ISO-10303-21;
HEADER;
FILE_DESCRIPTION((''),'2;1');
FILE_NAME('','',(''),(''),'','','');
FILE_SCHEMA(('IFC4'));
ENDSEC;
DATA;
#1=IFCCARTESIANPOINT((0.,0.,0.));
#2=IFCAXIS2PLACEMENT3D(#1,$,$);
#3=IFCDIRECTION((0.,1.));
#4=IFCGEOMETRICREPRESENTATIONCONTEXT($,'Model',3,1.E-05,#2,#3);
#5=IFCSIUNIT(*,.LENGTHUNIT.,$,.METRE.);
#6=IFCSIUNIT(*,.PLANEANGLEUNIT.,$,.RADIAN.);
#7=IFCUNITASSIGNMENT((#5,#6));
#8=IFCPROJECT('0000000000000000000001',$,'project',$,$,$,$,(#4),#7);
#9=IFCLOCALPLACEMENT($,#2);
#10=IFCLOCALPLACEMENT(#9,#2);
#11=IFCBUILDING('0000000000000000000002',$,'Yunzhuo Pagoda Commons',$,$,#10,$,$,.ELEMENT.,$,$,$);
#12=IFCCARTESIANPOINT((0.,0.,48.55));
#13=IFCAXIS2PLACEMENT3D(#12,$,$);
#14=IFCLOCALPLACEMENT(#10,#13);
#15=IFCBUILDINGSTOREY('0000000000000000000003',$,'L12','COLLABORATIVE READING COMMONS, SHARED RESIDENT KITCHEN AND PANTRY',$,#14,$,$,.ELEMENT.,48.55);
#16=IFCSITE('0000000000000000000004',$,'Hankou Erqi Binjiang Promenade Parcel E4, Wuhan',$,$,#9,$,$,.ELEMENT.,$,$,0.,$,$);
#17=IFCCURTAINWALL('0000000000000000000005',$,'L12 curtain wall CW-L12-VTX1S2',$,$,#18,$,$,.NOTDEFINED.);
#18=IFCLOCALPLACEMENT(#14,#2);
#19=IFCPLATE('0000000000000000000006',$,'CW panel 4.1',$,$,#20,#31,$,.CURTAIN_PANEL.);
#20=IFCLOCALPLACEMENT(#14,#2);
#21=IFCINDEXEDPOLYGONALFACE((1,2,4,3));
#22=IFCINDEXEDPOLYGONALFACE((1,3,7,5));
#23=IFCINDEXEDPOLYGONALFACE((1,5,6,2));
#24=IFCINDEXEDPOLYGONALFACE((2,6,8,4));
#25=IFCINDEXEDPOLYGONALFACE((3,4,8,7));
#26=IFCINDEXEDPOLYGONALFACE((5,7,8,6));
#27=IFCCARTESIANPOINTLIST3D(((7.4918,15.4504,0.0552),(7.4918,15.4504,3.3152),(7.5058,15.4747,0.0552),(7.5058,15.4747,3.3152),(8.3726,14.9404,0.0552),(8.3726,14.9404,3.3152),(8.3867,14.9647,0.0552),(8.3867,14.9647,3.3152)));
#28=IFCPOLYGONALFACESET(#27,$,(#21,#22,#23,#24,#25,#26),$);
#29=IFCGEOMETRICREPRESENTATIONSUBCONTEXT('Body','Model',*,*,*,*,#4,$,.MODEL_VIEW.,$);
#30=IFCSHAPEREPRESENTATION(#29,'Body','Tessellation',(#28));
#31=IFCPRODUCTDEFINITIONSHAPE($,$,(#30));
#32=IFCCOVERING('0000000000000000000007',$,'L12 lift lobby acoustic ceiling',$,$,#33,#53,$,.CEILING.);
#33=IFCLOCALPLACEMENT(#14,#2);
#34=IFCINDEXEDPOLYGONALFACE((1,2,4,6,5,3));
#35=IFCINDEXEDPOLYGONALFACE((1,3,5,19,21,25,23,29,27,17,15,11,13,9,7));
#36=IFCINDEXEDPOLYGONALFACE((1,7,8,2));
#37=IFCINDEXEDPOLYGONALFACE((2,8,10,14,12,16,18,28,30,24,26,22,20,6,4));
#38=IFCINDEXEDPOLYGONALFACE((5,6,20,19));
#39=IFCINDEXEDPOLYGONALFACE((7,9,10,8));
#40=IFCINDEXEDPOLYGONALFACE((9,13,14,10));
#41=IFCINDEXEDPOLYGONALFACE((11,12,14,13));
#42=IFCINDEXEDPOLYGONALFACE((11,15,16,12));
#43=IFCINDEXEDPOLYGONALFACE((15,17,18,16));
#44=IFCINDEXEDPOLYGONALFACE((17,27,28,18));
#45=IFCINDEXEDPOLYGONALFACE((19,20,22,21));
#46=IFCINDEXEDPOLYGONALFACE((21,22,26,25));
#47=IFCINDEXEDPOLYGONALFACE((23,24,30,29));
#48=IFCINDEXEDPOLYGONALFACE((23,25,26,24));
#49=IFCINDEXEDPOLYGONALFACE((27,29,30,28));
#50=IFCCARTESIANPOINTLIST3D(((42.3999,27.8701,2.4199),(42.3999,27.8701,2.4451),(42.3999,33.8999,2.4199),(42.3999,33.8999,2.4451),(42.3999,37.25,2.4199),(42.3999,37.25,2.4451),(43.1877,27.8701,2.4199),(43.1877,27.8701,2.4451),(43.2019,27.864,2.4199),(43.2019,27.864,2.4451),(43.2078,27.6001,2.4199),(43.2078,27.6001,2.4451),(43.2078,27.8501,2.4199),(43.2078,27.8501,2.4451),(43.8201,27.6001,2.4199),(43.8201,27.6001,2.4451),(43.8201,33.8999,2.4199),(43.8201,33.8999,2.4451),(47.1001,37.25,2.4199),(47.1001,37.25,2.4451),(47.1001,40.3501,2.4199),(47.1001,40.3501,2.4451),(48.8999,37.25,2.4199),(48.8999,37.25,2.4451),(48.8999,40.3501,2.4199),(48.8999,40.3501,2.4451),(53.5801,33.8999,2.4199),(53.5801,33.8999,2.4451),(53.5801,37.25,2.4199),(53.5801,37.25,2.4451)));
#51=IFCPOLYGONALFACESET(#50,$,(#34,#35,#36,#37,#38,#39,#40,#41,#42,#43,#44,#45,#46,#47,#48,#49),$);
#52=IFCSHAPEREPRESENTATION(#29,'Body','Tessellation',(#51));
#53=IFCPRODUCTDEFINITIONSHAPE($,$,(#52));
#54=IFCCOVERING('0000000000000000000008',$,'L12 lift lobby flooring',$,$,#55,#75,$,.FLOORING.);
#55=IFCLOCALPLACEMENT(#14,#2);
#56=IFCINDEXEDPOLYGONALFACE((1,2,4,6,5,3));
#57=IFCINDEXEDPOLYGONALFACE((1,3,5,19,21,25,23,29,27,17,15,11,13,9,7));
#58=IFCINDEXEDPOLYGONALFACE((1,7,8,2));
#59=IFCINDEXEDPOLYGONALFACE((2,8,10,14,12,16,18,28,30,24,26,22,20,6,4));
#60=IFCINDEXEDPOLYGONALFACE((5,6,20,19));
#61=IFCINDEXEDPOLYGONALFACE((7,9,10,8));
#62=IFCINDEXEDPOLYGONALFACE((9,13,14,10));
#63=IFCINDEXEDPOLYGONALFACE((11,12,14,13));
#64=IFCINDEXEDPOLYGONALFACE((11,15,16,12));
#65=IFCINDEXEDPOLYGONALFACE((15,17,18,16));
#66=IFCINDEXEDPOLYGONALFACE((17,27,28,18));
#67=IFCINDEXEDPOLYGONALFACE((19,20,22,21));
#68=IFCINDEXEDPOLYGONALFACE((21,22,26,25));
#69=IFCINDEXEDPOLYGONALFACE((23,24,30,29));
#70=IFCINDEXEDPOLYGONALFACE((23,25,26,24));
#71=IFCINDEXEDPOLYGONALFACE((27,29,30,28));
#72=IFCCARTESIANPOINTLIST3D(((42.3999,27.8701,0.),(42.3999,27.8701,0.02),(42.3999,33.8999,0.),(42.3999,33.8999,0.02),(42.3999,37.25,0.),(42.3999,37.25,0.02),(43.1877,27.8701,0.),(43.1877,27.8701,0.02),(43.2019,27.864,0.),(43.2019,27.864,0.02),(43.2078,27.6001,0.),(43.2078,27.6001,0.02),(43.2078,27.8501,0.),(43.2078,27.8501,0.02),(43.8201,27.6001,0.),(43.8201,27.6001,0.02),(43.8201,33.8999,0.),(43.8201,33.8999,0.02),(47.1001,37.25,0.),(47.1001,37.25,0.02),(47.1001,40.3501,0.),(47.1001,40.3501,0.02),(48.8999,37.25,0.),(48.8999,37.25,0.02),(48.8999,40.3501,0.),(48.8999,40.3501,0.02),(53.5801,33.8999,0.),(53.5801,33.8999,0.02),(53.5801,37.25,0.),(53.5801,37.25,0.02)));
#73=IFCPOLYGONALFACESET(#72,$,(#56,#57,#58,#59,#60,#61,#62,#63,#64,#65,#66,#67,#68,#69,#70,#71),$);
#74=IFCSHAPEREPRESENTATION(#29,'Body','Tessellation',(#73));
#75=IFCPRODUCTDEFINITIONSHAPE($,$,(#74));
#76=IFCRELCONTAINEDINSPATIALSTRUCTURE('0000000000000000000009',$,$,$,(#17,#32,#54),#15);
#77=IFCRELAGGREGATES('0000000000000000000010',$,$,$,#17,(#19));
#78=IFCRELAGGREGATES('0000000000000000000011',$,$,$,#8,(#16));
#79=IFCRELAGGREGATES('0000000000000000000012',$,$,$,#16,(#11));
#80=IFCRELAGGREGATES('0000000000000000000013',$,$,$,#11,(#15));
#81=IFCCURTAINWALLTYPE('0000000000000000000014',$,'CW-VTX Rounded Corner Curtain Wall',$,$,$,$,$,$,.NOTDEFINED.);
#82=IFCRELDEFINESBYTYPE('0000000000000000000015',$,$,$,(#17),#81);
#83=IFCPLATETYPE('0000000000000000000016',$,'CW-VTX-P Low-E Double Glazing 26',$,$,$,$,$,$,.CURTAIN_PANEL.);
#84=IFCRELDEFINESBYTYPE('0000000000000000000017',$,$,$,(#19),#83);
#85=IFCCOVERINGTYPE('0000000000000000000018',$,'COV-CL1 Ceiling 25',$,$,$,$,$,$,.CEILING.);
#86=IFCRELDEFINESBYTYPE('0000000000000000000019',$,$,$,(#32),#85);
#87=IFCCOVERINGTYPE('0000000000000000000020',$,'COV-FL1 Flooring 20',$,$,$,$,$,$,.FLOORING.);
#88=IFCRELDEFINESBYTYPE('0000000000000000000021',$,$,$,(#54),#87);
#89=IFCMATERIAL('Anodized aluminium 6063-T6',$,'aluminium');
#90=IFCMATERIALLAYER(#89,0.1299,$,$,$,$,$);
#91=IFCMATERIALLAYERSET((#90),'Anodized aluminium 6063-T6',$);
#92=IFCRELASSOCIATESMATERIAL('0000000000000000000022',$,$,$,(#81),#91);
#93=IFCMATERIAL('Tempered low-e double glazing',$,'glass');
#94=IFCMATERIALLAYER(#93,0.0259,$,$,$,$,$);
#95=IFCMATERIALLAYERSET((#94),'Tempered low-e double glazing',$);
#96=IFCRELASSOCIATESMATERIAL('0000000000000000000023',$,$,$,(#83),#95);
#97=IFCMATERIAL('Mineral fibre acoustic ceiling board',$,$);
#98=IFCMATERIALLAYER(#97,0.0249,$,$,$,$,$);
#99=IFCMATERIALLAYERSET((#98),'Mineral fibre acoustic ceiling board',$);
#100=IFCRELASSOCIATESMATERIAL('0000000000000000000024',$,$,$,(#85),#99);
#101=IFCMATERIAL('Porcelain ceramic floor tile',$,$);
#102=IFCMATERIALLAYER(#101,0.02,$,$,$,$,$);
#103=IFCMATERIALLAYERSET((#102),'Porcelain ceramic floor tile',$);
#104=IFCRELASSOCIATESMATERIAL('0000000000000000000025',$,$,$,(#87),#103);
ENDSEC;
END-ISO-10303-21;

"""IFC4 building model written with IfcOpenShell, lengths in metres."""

from ifc_helpers import new_model, si_unit, direction, frame, origin, origin_2d, place, context, subcontext, project, spatial, polyline, rectangle, outline, extrude, source, transform, mapped, material, layer, layer_set, type_object, element, aggregate, save


model = new_model("IFC4")

# Units and contexts
model_context = context("Model", 3, precision=1e-05, world=origin(), true_north=direction((0.0, 1.0)))
body_context = subcontext(model_context, "Body", "Model", "MODEL_VIEW")
ifc_project = project(units=[si_unit("LENGTHUNIT", "METRE"), si_unit("PLANEANGLEUNIT", "RADIAN")], contexts=[model_context])

# Site, building, storey
site_placement = place(None, origin())
site = spatial("IfcSite", under=ifc_project, at=site_placement, Name="Hankou Erqi Binjiang Promenade Parcel E4, Wuhan", CompositionType="ELEMENT", RefElevation=0.0)
building_placement = place(site_placement, origin())
building = spatial("IfcBuilding", under=site, at=building_placement, Name="Yunzhuo Pagoda Commons", CompositionType="ELEMENT")
storey_placement = place(building_placement, frame((0.0, 0.0, 48.55)))
storey = spatial("IfcBuildingStorey", under=building, at=storey_placement, Name="L12", Description="COLLABORATIVE READING COMMONS, SHARED RESIDENT KITCHEN AND PANTRY", CompositionType="ELEMENT", Elevation=48.55)

# Curtain wall
ifc_material_1 = material(Name="Anodized aluminium 6063-T6", Category="aluminium")
ifc_layer_1 = layer(ifc_material_1, 0.1299)
ifc_layer_set_1 = layer_set([ifc_layer_1], Name="Anodized aluminium 6063-T6")
curtain_wall_type = type_object("IfcCurtainWallType", Name="CW-VTX Rounded Corner Curtain Wall", PredefinedType="NOTDEFINED", material=ifc_layer_set_1)
curtain_wall_1_placement = place(storey_placement, origin())
curtain_wall_1 = element("IfcCurtainWall", 1, at=curtain_wall_1_placement, inside=storey, type_object=curtain_wall_type, Name="L12 curtain wall CW-L12-VTX1S2", PredefinedType="NOTDEFINED")

# Plate
ifc_material_2 = material(Name="Tempered low-e double glazing", Category="glass")
ifc_layer_2 = layer(ifc_material_2, 0.0259)
ifc_layer_set_2 = layer_set([ifc_layer_2], Name="Tempered low-e double glazing")
plate_type = type_object("IfcPlateType", Name="CW-VTX-P Low-E Double Glazing 26", PredefinedType="CURTAIN_PANEL", material=ifc_layer_set_2)
shared_shape_1 = source(origin(), body_context, "Body", "SweptSolid", [
    extrude(rectangle(XDim=1.0178, YDim=0.0281, at=origin_2d()), origin(), (0.0, 0.0, 1.0), 3.26),
])
plate_1_placement = place(storey_placement, frame((7.9392, 15.2075, 0.0552), z_axis=(0.0, 0.0, 1.0), x_axis=(0.865423, -0.501041, 0.0)))
plate_1 = element("IfcPlate", 2, at=plate_1_placement, type_object=plate_type, Name="CW panel 4.1", PredefinedType="CURTAIN_PANEL", context=body_context, shape_type="MappedRepresentation", body=[
    mapped(shared_shape_1, transform((0.0, 0.0, 0.0), scale=1.0)),
])
aggregate(curtain_wall_1, [plate_1])

# Coverings
ifc_material_3 = material(Name="Mineral fibre acoustic ceiling board")
ifc_layer_3 = layer(ifc_material_3, 0.0249)
ifc_layer_set_3 = layer_set([ifc_layer_3], Name="Mineral fibre acoustic ceiling board")
covering_type_1 = type_object("IfcCoveringType", Name="COV-CL1 Ceiling 25", PredefinedType="CEILING", material=ifc_layer_set_3)
covering_1_placement = place(storey_placement, frame((0.0, 0.0, 2.4199)))
element("IfcCovering", 3, at=covering_1_placement, inside=storey, type_object=covering_type_1, Name="L12 lift lobby acoustic ceiling", PredefinedType="CEILING", context=body_context, shape_type="SweptSolid", body=[
    extrude(outline(polyline([(43.2078, 27.8501), (43.2019, 27.864), (43.1877, 27.8701), (42.3999, 27.8701), (42.3999, 33.8999), (42.3999, 37.25), (47.1001, 37.25), (47.1001, 40.3501), (48.8999, 40.3501), (48.8999, 37.25), (53.5801, 37.25), (53.5801, 33.8999), (43.8201, 33.8999), (43.8201, 27.6001), (43.2078, 27.6001), (43.2078, 27.8501)])), origin(), (0.0, 0.0, 1.0), 0.0251),
])
ifc_material_4 = material(Name="Porcelain ceramic floor tile")
ifc_layer_4 = layer(ifc_material_4, 0.02)
ifc_layer_set_4 = layer_set([ifc_layer_4], Name="Porcelain ceramic floor tile")
covering_type_2 = type_object("IfcCoveringType", Name="COV-FL1 Flooring 20", PredefinedType="FLOORING", material=ifc_layer_set_4)
covering_2_placement = place(storey_placement, origin())
element("IfcCovering", 4, at=covering_2_placement, inside=storey, type_object=covering_type_2, Name="L12 lift lobby flooring", PredefinedType="FLOORING", context=body_context, shape_type="SweptSolid", body=[
    extrude(outline(polyline([(43.2078, 27.8501), (43.2019, 27.864), (43.1877, 27.8701), (42.3999, 27.8701), (42.3999, 33.8999), (42.3999, 37.25), (47.1001, 37.25), (47.1001, 40.3501), (48.8999, 40.3501), (48.8999, 37.25), (53.5801, 37.25), (53.5801, 33.8999), (43.8201, 33.8999), (43.8201, 27.6001), (43.2078, 27.6001), (43.2078, 27.8501)])), origin(), (0.0, 0.0, 1.0), 0.02),
])

save(model, "model.ifc")
